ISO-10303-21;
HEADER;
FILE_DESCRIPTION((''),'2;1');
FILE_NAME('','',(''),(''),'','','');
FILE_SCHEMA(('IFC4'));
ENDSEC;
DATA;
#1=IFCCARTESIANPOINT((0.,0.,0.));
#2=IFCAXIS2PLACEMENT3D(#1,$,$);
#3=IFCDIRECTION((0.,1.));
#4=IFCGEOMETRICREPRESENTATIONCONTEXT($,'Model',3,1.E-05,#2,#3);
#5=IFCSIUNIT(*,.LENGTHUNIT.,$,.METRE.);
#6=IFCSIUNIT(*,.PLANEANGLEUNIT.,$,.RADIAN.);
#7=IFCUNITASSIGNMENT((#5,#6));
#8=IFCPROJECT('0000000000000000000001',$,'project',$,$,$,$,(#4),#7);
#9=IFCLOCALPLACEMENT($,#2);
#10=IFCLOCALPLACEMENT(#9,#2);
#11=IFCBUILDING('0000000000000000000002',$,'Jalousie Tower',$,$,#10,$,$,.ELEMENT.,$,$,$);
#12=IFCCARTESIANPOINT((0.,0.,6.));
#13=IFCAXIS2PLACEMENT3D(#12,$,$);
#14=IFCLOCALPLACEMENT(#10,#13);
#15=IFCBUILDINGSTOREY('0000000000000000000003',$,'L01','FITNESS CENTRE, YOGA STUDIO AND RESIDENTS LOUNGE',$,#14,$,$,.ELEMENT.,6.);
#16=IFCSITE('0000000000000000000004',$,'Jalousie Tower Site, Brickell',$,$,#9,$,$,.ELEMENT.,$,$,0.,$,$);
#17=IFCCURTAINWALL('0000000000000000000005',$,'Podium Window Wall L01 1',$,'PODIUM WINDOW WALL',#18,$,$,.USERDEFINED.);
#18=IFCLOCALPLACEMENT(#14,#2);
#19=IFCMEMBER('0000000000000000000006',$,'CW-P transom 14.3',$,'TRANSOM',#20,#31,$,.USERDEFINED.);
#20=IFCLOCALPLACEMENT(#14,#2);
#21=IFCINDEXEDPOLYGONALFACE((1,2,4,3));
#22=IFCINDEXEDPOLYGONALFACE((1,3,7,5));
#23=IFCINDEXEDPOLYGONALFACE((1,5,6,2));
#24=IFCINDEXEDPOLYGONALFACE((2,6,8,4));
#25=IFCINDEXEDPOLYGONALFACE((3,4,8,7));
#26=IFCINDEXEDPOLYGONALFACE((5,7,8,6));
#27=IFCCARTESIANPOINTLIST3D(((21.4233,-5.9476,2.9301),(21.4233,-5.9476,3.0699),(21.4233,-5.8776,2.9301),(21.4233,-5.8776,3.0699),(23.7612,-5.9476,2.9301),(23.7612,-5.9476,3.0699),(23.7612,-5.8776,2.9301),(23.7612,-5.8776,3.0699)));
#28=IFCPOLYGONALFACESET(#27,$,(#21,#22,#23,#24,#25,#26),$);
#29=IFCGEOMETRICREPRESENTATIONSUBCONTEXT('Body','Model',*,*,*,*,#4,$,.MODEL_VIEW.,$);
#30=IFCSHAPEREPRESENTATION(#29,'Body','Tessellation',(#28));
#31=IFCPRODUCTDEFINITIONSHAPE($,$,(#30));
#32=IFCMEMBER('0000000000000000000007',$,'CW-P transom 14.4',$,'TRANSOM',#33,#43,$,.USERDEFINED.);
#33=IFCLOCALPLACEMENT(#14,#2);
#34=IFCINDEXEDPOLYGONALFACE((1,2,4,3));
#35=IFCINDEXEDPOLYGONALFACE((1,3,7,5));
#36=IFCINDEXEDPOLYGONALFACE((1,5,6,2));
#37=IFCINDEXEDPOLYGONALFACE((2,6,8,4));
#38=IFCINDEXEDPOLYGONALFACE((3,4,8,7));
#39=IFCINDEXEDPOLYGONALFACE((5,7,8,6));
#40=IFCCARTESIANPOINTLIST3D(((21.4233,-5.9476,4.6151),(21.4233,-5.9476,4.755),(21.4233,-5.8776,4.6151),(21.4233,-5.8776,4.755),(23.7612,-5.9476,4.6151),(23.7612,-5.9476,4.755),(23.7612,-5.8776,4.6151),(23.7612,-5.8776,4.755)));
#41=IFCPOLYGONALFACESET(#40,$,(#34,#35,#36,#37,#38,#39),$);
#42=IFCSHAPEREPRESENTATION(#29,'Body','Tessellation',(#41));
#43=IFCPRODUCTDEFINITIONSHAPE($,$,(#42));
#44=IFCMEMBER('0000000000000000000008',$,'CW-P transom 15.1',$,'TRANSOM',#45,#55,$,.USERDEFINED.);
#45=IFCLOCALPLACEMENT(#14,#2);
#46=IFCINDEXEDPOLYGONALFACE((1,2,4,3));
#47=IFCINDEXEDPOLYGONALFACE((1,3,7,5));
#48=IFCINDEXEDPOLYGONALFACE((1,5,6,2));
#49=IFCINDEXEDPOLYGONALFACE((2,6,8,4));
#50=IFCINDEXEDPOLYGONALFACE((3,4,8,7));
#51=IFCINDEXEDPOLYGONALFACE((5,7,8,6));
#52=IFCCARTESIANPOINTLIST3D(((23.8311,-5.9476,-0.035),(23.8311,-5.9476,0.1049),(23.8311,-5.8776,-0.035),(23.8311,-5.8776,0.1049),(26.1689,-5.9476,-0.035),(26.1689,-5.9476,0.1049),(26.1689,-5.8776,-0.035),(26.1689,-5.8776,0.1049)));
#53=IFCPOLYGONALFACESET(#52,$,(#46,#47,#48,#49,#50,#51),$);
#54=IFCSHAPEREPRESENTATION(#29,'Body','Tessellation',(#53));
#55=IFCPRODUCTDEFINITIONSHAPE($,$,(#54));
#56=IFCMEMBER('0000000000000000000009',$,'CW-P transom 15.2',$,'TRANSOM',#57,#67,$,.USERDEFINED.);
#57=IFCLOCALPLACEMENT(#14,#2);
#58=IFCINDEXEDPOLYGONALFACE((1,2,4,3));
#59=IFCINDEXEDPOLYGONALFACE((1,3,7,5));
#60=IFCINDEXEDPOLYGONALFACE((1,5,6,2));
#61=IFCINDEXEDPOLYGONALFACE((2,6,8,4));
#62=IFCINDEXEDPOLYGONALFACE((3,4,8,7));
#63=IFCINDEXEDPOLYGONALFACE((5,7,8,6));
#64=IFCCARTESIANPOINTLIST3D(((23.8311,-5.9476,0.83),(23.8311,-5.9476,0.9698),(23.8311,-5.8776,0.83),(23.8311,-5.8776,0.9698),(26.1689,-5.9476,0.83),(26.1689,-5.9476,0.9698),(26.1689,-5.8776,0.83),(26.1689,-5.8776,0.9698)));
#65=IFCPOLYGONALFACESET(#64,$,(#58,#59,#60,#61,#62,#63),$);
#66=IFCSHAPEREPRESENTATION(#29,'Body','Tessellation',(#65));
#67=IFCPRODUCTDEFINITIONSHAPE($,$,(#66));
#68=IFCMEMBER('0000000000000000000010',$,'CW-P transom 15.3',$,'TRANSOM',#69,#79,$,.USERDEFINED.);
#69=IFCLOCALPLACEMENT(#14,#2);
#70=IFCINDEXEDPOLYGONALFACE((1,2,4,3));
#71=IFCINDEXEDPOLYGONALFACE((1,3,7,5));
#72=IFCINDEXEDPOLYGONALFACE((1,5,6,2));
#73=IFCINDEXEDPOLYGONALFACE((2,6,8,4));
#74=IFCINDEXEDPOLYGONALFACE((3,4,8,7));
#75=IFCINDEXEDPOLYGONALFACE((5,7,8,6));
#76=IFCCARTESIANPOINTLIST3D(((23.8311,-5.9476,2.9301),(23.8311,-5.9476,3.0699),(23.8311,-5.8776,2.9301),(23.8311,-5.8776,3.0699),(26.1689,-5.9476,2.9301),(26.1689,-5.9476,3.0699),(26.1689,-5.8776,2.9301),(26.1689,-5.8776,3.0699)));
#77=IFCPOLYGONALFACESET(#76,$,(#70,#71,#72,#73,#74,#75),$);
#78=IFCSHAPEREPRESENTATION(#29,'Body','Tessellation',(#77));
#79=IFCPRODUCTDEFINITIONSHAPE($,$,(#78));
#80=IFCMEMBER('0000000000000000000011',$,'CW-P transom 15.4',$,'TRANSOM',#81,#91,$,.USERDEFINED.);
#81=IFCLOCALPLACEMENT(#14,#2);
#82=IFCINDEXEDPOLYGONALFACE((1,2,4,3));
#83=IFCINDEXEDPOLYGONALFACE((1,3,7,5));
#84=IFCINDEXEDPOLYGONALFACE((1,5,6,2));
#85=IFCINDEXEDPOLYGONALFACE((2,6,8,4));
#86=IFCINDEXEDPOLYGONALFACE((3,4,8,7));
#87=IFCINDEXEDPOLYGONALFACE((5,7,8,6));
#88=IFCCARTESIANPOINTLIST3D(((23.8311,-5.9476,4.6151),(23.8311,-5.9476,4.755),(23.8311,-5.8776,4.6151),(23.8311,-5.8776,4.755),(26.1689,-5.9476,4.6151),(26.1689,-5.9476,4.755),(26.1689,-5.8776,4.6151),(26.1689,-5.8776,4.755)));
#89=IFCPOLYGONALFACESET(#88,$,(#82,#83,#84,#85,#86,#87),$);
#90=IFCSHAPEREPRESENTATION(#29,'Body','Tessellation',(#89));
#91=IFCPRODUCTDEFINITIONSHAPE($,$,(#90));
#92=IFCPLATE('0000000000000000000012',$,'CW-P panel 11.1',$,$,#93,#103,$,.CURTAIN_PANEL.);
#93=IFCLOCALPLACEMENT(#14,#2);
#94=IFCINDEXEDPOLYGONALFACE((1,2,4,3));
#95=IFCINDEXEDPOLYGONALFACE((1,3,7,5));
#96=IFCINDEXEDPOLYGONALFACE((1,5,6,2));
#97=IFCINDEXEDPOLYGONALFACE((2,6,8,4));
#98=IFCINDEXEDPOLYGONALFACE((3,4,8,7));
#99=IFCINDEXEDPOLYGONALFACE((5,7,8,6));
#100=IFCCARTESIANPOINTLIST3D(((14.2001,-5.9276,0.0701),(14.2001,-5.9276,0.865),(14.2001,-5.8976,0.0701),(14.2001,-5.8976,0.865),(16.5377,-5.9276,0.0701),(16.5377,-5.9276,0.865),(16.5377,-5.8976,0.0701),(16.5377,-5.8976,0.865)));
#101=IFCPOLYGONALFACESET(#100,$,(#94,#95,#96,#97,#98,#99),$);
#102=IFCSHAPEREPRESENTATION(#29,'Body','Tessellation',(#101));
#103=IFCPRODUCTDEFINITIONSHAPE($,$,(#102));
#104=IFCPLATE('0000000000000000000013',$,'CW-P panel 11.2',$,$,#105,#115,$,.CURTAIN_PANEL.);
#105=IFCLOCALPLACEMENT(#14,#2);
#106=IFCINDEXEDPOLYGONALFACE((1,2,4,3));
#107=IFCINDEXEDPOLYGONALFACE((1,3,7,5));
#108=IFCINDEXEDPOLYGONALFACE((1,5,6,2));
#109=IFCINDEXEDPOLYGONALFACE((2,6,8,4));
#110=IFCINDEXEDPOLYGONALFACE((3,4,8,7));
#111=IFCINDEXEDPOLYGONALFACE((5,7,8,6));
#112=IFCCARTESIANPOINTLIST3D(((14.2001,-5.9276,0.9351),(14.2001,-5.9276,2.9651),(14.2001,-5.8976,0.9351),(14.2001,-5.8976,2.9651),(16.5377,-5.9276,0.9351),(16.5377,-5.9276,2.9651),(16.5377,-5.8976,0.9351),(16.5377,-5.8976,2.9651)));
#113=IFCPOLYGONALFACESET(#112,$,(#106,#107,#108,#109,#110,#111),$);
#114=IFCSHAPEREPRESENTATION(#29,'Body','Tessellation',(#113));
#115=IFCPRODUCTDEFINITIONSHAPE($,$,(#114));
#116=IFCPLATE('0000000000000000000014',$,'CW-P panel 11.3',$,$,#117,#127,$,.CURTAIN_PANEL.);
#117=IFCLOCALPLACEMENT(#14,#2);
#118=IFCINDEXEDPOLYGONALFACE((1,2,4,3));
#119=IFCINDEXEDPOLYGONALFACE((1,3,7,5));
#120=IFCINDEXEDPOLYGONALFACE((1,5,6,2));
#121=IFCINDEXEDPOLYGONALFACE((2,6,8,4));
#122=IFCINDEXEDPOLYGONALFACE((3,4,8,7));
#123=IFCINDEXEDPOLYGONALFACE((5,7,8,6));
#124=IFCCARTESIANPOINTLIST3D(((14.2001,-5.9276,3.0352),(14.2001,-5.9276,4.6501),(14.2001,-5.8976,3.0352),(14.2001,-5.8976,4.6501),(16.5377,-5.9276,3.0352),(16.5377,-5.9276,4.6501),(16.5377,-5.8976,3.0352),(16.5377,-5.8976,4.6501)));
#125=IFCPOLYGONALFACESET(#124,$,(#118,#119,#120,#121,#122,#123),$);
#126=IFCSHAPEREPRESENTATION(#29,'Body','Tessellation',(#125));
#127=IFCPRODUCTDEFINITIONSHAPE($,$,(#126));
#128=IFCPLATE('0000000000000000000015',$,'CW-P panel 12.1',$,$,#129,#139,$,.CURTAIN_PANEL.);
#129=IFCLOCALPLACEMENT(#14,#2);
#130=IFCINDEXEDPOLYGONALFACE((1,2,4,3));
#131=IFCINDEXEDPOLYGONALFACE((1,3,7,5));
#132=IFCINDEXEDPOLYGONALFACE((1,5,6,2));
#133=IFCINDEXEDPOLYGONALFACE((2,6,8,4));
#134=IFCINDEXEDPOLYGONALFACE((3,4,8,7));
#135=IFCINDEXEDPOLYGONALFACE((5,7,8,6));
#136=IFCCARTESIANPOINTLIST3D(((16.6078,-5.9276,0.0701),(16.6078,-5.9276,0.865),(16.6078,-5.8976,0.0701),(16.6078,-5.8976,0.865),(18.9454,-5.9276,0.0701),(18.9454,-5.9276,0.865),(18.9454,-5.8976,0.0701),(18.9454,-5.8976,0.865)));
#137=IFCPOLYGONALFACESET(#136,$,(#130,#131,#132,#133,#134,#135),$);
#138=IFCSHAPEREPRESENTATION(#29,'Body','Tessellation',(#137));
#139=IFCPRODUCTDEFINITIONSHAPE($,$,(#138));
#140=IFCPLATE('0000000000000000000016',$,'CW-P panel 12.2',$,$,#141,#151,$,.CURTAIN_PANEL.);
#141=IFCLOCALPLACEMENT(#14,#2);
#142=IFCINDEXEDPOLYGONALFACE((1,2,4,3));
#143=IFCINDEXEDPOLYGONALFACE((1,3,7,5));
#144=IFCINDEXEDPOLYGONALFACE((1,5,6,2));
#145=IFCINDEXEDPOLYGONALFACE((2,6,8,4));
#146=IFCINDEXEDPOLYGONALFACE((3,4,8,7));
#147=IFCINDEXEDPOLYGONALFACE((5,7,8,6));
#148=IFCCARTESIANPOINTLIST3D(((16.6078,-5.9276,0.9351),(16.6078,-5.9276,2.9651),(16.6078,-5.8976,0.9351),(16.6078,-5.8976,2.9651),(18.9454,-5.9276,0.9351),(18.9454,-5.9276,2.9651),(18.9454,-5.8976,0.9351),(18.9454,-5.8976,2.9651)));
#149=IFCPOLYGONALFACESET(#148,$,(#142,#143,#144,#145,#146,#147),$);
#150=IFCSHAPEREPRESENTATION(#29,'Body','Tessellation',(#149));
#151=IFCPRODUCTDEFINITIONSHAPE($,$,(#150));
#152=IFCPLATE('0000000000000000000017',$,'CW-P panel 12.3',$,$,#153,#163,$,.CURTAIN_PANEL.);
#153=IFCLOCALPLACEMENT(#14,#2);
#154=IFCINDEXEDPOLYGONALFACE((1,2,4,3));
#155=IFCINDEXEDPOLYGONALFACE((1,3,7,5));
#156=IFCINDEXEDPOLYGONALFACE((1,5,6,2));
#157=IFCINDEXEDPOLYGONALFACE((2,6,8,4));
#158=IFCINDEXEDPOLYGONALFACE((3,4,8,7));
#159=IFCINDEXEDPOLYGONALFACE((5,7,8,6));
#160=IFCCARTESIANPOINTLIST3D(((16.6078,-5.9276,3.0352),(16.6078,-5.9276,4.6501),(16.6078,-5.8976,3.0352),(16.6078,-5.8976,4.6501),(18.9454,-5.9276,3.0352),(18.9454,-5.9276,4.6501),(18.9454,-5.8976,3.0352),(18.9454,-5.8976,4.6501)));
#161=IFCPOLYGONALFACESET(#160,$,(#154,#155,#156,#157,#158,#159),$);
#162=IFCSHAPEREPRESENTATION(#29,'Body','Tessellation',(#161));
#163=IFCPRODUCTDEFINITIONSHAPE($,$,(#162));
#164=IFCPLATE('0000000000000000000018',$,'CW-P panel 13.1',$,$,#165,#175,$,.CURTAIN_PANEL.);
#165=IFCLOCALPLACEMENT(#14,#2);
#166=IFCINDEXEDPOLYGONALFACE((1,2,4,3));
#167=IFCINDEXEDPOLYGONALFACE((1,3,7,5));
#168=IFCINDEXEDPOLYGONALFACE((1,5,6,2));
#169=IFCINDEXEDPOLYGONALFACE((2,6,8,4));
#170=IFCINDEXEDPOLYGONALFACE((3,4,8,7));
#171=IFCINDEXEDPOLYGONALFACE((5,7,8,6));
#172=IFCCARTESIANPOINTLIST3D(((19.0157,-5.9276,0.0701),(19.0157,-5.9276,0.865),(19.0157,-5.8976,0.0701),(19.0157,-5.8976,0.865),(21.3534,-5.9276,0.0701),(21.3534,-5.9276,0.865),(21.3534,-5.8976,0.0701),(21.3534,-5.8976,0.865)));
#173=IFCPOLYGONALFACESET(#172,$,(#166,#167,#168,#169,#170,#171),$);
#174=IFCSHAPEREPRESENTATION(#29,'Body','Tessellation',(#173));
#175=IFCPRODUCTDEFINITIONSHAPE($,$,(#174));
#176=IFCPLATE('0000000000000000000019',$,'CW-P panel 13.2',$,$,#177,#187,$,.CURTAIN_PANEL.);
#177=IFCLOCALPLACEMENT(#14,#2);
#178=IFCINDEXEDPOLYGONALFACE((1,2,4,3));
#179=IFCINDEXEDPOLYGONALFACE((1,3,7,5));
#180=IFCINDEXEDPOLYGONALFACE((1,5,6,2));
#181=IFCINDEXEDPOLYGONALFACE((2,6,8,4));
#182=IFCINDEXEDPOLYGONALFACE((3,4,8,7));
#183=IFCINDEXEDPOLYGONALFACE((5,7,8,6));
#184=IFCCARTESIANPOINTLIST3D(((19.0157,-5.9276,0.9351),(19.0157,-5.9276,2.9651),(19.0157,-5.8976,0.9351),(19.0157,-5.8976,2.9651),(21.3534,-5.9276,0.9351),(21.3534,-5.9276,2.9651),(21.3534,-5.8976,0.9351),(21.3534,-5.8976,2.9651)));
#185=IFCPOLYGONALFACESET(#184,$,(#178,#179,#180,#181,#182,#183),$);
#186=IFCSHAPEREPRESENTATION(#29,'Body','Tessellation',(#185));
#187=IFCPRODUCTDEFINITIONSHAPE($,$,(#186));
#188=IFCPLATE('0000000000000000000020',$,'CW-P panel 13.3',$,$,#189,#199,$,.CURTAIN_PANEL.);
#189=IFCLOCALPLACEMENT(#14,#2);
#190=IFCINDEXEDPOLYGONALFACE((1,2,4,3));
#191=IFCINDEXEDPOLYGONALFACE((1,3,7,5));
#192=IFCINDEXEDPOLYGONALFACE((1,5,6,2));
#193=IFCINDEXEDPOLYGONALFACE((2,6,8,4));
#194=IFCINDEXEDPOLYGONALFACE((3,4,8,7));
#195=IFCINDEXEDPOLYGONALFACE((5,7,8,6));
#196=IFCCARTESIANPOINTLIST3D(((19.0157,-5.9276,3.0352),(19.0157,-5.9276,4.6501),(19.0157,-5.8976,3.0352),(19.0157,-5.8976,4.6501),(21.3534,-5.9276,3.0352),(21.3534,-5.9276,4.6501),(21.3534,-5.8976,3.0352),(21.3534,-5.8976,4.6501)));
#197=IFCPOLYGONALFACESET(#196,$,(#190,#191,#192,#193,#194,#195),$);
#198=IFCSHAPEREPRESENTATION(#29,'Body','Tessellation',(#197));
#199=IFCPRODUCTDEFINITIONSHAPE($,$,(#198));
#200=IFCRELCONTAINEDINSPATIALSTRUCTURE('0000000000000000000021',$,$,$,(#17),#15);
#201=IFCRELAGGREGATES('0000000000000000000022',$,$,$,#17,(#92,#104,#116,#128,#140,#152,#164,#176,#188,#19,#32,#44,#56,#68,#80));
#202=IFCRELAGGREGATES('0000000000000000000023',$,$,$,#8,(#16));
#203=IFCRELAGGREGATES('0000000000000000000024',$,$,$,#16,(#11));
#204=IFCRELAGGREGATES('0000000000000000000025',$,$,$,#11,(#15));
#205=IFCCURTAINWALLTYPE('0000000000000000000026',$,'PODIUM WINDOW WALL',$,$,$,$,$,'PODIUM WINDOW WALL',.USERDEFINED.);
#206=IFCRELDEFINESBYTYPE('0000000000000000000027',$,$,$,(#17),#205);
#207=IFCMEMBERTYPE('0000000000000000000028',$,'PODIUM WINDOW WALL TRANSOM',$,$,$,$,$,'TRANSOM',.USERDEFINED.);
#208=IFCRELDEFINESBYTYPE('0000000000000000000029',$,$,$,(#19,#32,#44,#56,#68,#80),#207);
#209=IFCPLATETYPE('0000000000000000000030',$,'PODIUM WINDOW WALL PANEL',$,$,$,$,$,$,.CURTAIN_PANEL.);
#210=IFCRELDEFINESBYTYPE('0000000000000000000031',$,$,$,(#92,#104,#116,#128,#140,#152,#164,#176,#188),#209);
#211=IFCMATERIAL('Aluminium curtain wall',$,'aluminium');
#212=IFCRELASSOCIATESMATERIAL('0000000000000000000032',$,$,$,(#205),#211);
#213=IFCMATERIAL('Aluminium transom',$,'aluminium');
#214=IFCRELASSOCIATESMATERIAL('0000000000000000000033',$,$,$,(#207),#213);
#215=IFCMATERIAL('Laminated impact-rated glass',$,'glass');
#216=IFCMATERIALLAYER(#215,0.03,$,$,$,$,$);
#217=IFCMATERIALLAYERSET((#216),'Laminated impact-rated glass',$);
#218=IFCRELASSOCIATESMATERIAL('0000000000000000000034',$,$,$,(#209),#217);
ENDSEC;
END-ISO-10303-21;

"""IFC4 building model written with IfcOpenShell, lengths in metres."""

from ifc_helpers import new_model, si_unit, direction, frame, origin, origin_2d, place, context, subcontext, project, spatial, rectangle, extrude, material, layer, layer_set, material_profile, profile_set, type_object, element, aggregate, save


model = new_model("IFC4")

# Units and contexts
model_context = context("Model", 3, precision=1e-05, world=origin(), true_north=direction((0.0, 1.0)))
body_context = subcontext(model_context, "Body", "Model", "MODEL_VIEW")
ifc_project = project(units=[si_unit("LENGTHUNIT", "METRE"), si_unit("PLANEANGLEUNIT", "RADIAN")], contexts=[model_context])

# Site, building, storey
site_placement = place(None, origin())
site = spatial("IfcSite", under=ifc_project, at=site_placement, Name="Jalousie Tower Site, Brickell", CompositionType="ELEMENT", RefElevation=0.0)
building_placement = place(site_placement, origin())
building = spatial("IfcBuilding", under=site, at=building_placement, Name="Jalousie Tower", CompositionType="ELEMENT")
storey_placement = place(building_placement, frame((0.0, 0.0, 6.0)))
storey = spatial("IfcBuildingStorey", under=building, at=storey_placement, Name="L01", Description="FITNESS CENTRE, YOGA STUDIO AND RESIDENTS LOUNGE", CompositionType="ELEMENT", Elevation=6.0)

# Curtain wall, members, plates
ifc_material_1 = material(Name="Aluminium curtain wall", Category="aluminium")
curtain_wall_type = type_object("IfcCurtainWallType", Name="PODIUM WINDOW WALL", ElementType="PODIUM WINDOW WALL", PredefinedType="USERDEFINED", material=ifc_material_1)
curtain_wall_placement = place(storey_placement, origin())
curtain_wall = element("IfcCurtainWall", 1, at=curtain_wall_placement, inside=storey, type_object=curtain_wall_type, Name="Podium Window Wall L01 1", ObjectType="PODIUM WINDOW WALL", PredefinedType="USERDEFINED")
ifc_material_2 = material(Name="Aluminium transom", Category="aluminium")
ifc_material_profile_1 = material_profile(ifc_material_2, rectangle(XDim=0.0701, YDim=0.1399, at=origin_2d()), Name="TRANSOM 70x140")
ifc_profile_set_1 = profile_set([ifc_material_profile_1], Name="Aluminium transom")
member_type_1 = type_object("IfcMemberType", Name="PODIUM WINDOW WALL TRANSOM", ElementType="TRANSOM", PredefinedType="USERDEFINED", material=ifc_profile_set_1)
member_1_placement = place(storey_placement, frame((21.4233, -5.9126, 3.0), z_axis=(1.0, 0.0, 0.0), x_axis=(0.0, 1.0, 0.0)))
member_1 = element("IfcMember", 2, at=member_1_placement, type_object=member_type_1, Name="CW-P transom 14.3", ObjectType="TRANSOM", PredefinedType="USERDEFINED", context=body_context, shape_type="SweptSolid", body=[
    extrude(rectangle(XDim=0.0701, YDim=0.1399, at=origin_2d()), origin(), (0.0, 0.0, 1.0), 2.3379),
])
member_2_placement = place(storey_placement, frame((21.4233, -5.9126, 4.6851), z_axis=(1.0, 0.0, 0.0), x_axis=(0.0, 1.0, 0.0)))
member_2 = element("IfcMember", 3, at=member_2_placement, type_object=member_type_1, Name="CW-P transom 14.4", ObjectType="TRANSOM", PredefinedType="USERDEFINED", context=body_context, shape_type="SweptSolid", body=[
    extrude(rectangle(XDim=0.0701, YDim=0.1399, at=origin_2d()), origin(), (0.0, 0.0, 1.0), 2.3379),
])
member_3_placement = place(storey_placement, frame((23.8311, -5.9126, 0.0349), z_axis=(1.0, 0.0, 0.0), x_axis=(0.0, 1.0, 0.0)))
member_3 = element("IfcMember", 4, at=member_3_placement, type_object=member_type_1, Name="CW-P transom 15.1", ObjectType="TRANSOM", PredefinedType="USERDEFINED", context=body_context, shape_type="SweptSolid", body=[
    extrude(rectangle(XDim=0.0701, YDim=0.1399, at=origin_2d()), origin(), (0.0, 0.0, 1.0), 2.3379),
])
member_4_placement = place(storey_placement, frame((23.8311, -5.9126, 0.8999), z_axis=(1.0, 0.0, 0.0), x_axis=(0.0, 1.0, 0.0)))
member_4 = element("IfcMember", 5, at=member_4_placement, type_object=member_type_1, Name="CW-P transom 15.2", ObjectType="TRANSOM", PredefinedType="USERDEFINED", context=body_context, shape_type="SweptSolid", body=[
    extrude(rectangle(XDim=0.0701, YDim=0.1399, at=origin_2d()), origin(), (0.0, 0.0, 1.0), 2.3379),
])
member_5_placement = place(storey_placement, frame((23.8311, -5.9126, 3.0), z_axis=(1.0, 0.0, 0.0), x_axis=(0.0, 1.0, 0.0)))
member_5 = element("IfcMember", 6, at=member_5_placement, type_object=member_type_1, Name="CW-P transom 15.3", ObjectType="TRANSOM", PredefinedType="USERDEFINED", context=body_context, shape_type="SweptSolid", body=[
    extrude(rectangle(XDim=0.0701, YDim=0.1399, at=origin_2d()), origin(), (0.0, 0.0, 1.0), 2.3379),
])
member_6_placement = place(storey_placement, frame((23.8311, -5.9126, 4.6851), z_axis=(1.0, 0.0, 0.0), x_axis=(0.0, 1.0, 0.0)))
member_6 = element("IfcMember", 7, at=member_6_placement, type_object=member_type_1, Name="CW-P transom 15.4", ObjectType="TRANSOM", PredefinedType="USERDEFINED", context=body_context, shape_type="SweptSolid", body=[
    extrude(rectangle(XDim=0.0701, YDim=0.1399, at=origin_2d()), origin(), (0.0, 0.0, 1.0), 2.3379),
])
ifc_material_3 = material(Name="Laminated impact-rated glass", Category="glass")
ifc_layer = layer(ifc_material_3, 0.03)
ifc_layer_set = layer_set([ifc_layer], Name="Laminated impact-rated glass")
plate_type = type_object("IfcPlateType", Name="PODIUM WINDOW WALL PANEL", PredefinedType="CURTAIN_PANEL", material=ifc_layer_set)
plate_1_placement = place(storey_placement, frame((15.3689, -5.9126, 0.0701), z_axis=(0.0, 0.0, 1.0), x_axis=(1.0, 0.0, 0.0)))
plate_1 = element("IfcPlate", 8, at=plate_1_placement, type_object=plate_type, Name="CW-P panel 11.1", PredefinedType="CURTAIN_PANEL", context=body_context, shape_type="SweptSolid", body=[
    extrude(rectangle(XDim=2.3376, YDim=0.03, at=origin_2d()), origin(), (0.0, 0.0, 1.0), 0.7949),
])
plate_2_placement = place(storey_placement, frame((15.3689, -5.9126, 0.9351), z_axis=(0.0, 0.0, 1.0), x_axis=(1.0, 0.0, 0.0)))
plate_2 = element("IfcPlate", 9, at=plate_2_placement, type_object=plate_type, Name="CW-P panel 11.2", PredefinedType="CURTAIN_PANEL", context=body_context, shape_type="SweptSolid", body=[
    extrude(rectangle(XDim=2.3376, YDim=0.03, at=origin_2d()), origin(), (0.0, 0.0, 1.0), 2.03),
])
plate_3_placement = place(storey_placement, frame((15.3689, -5.9126, 3.0352), z_axis=(0.0, 0.0, 1.0), x_axis=(1.0, 0.0, 0.0)))
plate_3 = element("IfcPlate", 10, at=plate_3_placement, type_object=plate_type, Name="CW-P panel 11.3", PredefinedType="CURTAIN_PANEL", context=body_context, shape_type="SweptSolid", body=[
    extrude(rectangle(XDim=2.3376, YDim=0.03, at=origin_2d()), origin(), (0.0, 0.0, 1.0), 1.615),
])
plate_4_placement = place(storey_placement, frame((17.7766, -5.9126, 0.0701), z_axis=(0.0, 0.0, 1.0), x_axis=(1.0, 0.0, 0.0)))
plate_4 = element("IfcPlate", 11, at=plate_4_placement, type_object=plate_type, Name="CW-P panel 12.1", PredefinedType="CURTAIN_PANEL", context=body_context, shape_type="SweptSolid", body=[
    extrude(rectangle(XDim=2.3376, YDim=0.03, at=origin_2d()), origin(), (0.0, 0.0, 1.0), 0.7949),
])
plate_5_placement = place(storey_placement, frame((17.7766, -5.9126, 0.9351), z_axis=(0.0, 0.0, 1.0), x_axis=(1.0, 0.0, 0.0)))
plate_5 = element("IfcPlate", 12, at=plate_5_placement, type_object=plate_type, Name="CW-P panel 12.2", PredefinedType="CURTAIN_PANEL", context=body_context, shape_type="SweptSolid", body=[
    extrude(rectangle(XDim=2.3376, YDim=0.03, at=origin_2d()), origin(), (0.0, 0.0, 1.0), 2.03),
])
plate_6_placement = place(storey_placement, frame((17.7766, -5.9126, 3.0352), z_axis=(0.0, 0.0, 1.0), x_axis=(1.0, 0.0, 0.0)))
plate_6 = element("IfcPlate", 13, at=plate_6_placement, type_object=plate_type, Name="CW-P panel 12.3", PredefinedType="CURTAIN_PANEL", context=body_context, shape_type="SweptSolid", body=[
    extrude(rectangle(XDim=2.3376, YDim=0.03, at=origin_2d()), origin(), (0.0, 0.0, 1.0), 1.615),
])
plate_7_placement = place(storey_placement, frame((20.1846, -5.9126, 0.0701), z_axis=(0.0, 0.0, 1.0), x_axis=(1.0, 0.0, 0.0)))
plate_7 = element("IfcPlate", 14, at=plate_7_placement, type_object=plate_type, Name="CW-P panel 13.1", PredefinedType="CURTAIN_PANEL", context=body_context, shape_type="SweptSolid", body=[
    extrude(rectangle(XDim=2.3376, YDim=0.03, at=origin_2d()), origin(), (0.0, 0.0, 1.0), 0.7949),
])
plate_8_placement = place(storey_placement, frame((20.1846, -5.9126, 0.9351), z_axis=(0.0, 0.0, 1.0), x_axis=(1.0, 0.0, 0.0)))
plate_8 = element("IfcPlate", 15, at=plate_8_placement, type_object=plate_type, Name="CW-P panel 13.2", PredefinedType="CURTAIN_PANEL", context=body_context, shape_type="SweptSolid", body=[
    extrude(rectangle(XDim=2.3376, YDim=0.03, at=origin_2d()), origin(), (0.0, 0.0, 1.0), 2.03),
])
plate_9_placement = place(storey_placement, frame((20.1846, -5.9126, 3.0352), z_axis=(0.0, 0.0, 1.0), x_axis=(1.0, 0.0, 0.0)))
plate_9 = element("IfcPlate", 16, at=plate_9_placement, type_object=plate_type, Name="CW-P panel 13.3", PredefinedType="CURTAIN_PANEL", context=body_context, shape_type="SweptSolid", body=[
    extrude(rectangle(XDim=2.3376, YDim=0.03, at=origin_2d()), origin(), (0.0, 0.0, 1.0), 1.615),
])
aggregate(curtain_wall, [plate_1, plate_2, plate_3, plate_4, plate_5, plate_6, plate_7, plate_8, plate_9, member_1, member_2, member_3, member_4, member_5, member_6])

save(model, "model.ifc")
